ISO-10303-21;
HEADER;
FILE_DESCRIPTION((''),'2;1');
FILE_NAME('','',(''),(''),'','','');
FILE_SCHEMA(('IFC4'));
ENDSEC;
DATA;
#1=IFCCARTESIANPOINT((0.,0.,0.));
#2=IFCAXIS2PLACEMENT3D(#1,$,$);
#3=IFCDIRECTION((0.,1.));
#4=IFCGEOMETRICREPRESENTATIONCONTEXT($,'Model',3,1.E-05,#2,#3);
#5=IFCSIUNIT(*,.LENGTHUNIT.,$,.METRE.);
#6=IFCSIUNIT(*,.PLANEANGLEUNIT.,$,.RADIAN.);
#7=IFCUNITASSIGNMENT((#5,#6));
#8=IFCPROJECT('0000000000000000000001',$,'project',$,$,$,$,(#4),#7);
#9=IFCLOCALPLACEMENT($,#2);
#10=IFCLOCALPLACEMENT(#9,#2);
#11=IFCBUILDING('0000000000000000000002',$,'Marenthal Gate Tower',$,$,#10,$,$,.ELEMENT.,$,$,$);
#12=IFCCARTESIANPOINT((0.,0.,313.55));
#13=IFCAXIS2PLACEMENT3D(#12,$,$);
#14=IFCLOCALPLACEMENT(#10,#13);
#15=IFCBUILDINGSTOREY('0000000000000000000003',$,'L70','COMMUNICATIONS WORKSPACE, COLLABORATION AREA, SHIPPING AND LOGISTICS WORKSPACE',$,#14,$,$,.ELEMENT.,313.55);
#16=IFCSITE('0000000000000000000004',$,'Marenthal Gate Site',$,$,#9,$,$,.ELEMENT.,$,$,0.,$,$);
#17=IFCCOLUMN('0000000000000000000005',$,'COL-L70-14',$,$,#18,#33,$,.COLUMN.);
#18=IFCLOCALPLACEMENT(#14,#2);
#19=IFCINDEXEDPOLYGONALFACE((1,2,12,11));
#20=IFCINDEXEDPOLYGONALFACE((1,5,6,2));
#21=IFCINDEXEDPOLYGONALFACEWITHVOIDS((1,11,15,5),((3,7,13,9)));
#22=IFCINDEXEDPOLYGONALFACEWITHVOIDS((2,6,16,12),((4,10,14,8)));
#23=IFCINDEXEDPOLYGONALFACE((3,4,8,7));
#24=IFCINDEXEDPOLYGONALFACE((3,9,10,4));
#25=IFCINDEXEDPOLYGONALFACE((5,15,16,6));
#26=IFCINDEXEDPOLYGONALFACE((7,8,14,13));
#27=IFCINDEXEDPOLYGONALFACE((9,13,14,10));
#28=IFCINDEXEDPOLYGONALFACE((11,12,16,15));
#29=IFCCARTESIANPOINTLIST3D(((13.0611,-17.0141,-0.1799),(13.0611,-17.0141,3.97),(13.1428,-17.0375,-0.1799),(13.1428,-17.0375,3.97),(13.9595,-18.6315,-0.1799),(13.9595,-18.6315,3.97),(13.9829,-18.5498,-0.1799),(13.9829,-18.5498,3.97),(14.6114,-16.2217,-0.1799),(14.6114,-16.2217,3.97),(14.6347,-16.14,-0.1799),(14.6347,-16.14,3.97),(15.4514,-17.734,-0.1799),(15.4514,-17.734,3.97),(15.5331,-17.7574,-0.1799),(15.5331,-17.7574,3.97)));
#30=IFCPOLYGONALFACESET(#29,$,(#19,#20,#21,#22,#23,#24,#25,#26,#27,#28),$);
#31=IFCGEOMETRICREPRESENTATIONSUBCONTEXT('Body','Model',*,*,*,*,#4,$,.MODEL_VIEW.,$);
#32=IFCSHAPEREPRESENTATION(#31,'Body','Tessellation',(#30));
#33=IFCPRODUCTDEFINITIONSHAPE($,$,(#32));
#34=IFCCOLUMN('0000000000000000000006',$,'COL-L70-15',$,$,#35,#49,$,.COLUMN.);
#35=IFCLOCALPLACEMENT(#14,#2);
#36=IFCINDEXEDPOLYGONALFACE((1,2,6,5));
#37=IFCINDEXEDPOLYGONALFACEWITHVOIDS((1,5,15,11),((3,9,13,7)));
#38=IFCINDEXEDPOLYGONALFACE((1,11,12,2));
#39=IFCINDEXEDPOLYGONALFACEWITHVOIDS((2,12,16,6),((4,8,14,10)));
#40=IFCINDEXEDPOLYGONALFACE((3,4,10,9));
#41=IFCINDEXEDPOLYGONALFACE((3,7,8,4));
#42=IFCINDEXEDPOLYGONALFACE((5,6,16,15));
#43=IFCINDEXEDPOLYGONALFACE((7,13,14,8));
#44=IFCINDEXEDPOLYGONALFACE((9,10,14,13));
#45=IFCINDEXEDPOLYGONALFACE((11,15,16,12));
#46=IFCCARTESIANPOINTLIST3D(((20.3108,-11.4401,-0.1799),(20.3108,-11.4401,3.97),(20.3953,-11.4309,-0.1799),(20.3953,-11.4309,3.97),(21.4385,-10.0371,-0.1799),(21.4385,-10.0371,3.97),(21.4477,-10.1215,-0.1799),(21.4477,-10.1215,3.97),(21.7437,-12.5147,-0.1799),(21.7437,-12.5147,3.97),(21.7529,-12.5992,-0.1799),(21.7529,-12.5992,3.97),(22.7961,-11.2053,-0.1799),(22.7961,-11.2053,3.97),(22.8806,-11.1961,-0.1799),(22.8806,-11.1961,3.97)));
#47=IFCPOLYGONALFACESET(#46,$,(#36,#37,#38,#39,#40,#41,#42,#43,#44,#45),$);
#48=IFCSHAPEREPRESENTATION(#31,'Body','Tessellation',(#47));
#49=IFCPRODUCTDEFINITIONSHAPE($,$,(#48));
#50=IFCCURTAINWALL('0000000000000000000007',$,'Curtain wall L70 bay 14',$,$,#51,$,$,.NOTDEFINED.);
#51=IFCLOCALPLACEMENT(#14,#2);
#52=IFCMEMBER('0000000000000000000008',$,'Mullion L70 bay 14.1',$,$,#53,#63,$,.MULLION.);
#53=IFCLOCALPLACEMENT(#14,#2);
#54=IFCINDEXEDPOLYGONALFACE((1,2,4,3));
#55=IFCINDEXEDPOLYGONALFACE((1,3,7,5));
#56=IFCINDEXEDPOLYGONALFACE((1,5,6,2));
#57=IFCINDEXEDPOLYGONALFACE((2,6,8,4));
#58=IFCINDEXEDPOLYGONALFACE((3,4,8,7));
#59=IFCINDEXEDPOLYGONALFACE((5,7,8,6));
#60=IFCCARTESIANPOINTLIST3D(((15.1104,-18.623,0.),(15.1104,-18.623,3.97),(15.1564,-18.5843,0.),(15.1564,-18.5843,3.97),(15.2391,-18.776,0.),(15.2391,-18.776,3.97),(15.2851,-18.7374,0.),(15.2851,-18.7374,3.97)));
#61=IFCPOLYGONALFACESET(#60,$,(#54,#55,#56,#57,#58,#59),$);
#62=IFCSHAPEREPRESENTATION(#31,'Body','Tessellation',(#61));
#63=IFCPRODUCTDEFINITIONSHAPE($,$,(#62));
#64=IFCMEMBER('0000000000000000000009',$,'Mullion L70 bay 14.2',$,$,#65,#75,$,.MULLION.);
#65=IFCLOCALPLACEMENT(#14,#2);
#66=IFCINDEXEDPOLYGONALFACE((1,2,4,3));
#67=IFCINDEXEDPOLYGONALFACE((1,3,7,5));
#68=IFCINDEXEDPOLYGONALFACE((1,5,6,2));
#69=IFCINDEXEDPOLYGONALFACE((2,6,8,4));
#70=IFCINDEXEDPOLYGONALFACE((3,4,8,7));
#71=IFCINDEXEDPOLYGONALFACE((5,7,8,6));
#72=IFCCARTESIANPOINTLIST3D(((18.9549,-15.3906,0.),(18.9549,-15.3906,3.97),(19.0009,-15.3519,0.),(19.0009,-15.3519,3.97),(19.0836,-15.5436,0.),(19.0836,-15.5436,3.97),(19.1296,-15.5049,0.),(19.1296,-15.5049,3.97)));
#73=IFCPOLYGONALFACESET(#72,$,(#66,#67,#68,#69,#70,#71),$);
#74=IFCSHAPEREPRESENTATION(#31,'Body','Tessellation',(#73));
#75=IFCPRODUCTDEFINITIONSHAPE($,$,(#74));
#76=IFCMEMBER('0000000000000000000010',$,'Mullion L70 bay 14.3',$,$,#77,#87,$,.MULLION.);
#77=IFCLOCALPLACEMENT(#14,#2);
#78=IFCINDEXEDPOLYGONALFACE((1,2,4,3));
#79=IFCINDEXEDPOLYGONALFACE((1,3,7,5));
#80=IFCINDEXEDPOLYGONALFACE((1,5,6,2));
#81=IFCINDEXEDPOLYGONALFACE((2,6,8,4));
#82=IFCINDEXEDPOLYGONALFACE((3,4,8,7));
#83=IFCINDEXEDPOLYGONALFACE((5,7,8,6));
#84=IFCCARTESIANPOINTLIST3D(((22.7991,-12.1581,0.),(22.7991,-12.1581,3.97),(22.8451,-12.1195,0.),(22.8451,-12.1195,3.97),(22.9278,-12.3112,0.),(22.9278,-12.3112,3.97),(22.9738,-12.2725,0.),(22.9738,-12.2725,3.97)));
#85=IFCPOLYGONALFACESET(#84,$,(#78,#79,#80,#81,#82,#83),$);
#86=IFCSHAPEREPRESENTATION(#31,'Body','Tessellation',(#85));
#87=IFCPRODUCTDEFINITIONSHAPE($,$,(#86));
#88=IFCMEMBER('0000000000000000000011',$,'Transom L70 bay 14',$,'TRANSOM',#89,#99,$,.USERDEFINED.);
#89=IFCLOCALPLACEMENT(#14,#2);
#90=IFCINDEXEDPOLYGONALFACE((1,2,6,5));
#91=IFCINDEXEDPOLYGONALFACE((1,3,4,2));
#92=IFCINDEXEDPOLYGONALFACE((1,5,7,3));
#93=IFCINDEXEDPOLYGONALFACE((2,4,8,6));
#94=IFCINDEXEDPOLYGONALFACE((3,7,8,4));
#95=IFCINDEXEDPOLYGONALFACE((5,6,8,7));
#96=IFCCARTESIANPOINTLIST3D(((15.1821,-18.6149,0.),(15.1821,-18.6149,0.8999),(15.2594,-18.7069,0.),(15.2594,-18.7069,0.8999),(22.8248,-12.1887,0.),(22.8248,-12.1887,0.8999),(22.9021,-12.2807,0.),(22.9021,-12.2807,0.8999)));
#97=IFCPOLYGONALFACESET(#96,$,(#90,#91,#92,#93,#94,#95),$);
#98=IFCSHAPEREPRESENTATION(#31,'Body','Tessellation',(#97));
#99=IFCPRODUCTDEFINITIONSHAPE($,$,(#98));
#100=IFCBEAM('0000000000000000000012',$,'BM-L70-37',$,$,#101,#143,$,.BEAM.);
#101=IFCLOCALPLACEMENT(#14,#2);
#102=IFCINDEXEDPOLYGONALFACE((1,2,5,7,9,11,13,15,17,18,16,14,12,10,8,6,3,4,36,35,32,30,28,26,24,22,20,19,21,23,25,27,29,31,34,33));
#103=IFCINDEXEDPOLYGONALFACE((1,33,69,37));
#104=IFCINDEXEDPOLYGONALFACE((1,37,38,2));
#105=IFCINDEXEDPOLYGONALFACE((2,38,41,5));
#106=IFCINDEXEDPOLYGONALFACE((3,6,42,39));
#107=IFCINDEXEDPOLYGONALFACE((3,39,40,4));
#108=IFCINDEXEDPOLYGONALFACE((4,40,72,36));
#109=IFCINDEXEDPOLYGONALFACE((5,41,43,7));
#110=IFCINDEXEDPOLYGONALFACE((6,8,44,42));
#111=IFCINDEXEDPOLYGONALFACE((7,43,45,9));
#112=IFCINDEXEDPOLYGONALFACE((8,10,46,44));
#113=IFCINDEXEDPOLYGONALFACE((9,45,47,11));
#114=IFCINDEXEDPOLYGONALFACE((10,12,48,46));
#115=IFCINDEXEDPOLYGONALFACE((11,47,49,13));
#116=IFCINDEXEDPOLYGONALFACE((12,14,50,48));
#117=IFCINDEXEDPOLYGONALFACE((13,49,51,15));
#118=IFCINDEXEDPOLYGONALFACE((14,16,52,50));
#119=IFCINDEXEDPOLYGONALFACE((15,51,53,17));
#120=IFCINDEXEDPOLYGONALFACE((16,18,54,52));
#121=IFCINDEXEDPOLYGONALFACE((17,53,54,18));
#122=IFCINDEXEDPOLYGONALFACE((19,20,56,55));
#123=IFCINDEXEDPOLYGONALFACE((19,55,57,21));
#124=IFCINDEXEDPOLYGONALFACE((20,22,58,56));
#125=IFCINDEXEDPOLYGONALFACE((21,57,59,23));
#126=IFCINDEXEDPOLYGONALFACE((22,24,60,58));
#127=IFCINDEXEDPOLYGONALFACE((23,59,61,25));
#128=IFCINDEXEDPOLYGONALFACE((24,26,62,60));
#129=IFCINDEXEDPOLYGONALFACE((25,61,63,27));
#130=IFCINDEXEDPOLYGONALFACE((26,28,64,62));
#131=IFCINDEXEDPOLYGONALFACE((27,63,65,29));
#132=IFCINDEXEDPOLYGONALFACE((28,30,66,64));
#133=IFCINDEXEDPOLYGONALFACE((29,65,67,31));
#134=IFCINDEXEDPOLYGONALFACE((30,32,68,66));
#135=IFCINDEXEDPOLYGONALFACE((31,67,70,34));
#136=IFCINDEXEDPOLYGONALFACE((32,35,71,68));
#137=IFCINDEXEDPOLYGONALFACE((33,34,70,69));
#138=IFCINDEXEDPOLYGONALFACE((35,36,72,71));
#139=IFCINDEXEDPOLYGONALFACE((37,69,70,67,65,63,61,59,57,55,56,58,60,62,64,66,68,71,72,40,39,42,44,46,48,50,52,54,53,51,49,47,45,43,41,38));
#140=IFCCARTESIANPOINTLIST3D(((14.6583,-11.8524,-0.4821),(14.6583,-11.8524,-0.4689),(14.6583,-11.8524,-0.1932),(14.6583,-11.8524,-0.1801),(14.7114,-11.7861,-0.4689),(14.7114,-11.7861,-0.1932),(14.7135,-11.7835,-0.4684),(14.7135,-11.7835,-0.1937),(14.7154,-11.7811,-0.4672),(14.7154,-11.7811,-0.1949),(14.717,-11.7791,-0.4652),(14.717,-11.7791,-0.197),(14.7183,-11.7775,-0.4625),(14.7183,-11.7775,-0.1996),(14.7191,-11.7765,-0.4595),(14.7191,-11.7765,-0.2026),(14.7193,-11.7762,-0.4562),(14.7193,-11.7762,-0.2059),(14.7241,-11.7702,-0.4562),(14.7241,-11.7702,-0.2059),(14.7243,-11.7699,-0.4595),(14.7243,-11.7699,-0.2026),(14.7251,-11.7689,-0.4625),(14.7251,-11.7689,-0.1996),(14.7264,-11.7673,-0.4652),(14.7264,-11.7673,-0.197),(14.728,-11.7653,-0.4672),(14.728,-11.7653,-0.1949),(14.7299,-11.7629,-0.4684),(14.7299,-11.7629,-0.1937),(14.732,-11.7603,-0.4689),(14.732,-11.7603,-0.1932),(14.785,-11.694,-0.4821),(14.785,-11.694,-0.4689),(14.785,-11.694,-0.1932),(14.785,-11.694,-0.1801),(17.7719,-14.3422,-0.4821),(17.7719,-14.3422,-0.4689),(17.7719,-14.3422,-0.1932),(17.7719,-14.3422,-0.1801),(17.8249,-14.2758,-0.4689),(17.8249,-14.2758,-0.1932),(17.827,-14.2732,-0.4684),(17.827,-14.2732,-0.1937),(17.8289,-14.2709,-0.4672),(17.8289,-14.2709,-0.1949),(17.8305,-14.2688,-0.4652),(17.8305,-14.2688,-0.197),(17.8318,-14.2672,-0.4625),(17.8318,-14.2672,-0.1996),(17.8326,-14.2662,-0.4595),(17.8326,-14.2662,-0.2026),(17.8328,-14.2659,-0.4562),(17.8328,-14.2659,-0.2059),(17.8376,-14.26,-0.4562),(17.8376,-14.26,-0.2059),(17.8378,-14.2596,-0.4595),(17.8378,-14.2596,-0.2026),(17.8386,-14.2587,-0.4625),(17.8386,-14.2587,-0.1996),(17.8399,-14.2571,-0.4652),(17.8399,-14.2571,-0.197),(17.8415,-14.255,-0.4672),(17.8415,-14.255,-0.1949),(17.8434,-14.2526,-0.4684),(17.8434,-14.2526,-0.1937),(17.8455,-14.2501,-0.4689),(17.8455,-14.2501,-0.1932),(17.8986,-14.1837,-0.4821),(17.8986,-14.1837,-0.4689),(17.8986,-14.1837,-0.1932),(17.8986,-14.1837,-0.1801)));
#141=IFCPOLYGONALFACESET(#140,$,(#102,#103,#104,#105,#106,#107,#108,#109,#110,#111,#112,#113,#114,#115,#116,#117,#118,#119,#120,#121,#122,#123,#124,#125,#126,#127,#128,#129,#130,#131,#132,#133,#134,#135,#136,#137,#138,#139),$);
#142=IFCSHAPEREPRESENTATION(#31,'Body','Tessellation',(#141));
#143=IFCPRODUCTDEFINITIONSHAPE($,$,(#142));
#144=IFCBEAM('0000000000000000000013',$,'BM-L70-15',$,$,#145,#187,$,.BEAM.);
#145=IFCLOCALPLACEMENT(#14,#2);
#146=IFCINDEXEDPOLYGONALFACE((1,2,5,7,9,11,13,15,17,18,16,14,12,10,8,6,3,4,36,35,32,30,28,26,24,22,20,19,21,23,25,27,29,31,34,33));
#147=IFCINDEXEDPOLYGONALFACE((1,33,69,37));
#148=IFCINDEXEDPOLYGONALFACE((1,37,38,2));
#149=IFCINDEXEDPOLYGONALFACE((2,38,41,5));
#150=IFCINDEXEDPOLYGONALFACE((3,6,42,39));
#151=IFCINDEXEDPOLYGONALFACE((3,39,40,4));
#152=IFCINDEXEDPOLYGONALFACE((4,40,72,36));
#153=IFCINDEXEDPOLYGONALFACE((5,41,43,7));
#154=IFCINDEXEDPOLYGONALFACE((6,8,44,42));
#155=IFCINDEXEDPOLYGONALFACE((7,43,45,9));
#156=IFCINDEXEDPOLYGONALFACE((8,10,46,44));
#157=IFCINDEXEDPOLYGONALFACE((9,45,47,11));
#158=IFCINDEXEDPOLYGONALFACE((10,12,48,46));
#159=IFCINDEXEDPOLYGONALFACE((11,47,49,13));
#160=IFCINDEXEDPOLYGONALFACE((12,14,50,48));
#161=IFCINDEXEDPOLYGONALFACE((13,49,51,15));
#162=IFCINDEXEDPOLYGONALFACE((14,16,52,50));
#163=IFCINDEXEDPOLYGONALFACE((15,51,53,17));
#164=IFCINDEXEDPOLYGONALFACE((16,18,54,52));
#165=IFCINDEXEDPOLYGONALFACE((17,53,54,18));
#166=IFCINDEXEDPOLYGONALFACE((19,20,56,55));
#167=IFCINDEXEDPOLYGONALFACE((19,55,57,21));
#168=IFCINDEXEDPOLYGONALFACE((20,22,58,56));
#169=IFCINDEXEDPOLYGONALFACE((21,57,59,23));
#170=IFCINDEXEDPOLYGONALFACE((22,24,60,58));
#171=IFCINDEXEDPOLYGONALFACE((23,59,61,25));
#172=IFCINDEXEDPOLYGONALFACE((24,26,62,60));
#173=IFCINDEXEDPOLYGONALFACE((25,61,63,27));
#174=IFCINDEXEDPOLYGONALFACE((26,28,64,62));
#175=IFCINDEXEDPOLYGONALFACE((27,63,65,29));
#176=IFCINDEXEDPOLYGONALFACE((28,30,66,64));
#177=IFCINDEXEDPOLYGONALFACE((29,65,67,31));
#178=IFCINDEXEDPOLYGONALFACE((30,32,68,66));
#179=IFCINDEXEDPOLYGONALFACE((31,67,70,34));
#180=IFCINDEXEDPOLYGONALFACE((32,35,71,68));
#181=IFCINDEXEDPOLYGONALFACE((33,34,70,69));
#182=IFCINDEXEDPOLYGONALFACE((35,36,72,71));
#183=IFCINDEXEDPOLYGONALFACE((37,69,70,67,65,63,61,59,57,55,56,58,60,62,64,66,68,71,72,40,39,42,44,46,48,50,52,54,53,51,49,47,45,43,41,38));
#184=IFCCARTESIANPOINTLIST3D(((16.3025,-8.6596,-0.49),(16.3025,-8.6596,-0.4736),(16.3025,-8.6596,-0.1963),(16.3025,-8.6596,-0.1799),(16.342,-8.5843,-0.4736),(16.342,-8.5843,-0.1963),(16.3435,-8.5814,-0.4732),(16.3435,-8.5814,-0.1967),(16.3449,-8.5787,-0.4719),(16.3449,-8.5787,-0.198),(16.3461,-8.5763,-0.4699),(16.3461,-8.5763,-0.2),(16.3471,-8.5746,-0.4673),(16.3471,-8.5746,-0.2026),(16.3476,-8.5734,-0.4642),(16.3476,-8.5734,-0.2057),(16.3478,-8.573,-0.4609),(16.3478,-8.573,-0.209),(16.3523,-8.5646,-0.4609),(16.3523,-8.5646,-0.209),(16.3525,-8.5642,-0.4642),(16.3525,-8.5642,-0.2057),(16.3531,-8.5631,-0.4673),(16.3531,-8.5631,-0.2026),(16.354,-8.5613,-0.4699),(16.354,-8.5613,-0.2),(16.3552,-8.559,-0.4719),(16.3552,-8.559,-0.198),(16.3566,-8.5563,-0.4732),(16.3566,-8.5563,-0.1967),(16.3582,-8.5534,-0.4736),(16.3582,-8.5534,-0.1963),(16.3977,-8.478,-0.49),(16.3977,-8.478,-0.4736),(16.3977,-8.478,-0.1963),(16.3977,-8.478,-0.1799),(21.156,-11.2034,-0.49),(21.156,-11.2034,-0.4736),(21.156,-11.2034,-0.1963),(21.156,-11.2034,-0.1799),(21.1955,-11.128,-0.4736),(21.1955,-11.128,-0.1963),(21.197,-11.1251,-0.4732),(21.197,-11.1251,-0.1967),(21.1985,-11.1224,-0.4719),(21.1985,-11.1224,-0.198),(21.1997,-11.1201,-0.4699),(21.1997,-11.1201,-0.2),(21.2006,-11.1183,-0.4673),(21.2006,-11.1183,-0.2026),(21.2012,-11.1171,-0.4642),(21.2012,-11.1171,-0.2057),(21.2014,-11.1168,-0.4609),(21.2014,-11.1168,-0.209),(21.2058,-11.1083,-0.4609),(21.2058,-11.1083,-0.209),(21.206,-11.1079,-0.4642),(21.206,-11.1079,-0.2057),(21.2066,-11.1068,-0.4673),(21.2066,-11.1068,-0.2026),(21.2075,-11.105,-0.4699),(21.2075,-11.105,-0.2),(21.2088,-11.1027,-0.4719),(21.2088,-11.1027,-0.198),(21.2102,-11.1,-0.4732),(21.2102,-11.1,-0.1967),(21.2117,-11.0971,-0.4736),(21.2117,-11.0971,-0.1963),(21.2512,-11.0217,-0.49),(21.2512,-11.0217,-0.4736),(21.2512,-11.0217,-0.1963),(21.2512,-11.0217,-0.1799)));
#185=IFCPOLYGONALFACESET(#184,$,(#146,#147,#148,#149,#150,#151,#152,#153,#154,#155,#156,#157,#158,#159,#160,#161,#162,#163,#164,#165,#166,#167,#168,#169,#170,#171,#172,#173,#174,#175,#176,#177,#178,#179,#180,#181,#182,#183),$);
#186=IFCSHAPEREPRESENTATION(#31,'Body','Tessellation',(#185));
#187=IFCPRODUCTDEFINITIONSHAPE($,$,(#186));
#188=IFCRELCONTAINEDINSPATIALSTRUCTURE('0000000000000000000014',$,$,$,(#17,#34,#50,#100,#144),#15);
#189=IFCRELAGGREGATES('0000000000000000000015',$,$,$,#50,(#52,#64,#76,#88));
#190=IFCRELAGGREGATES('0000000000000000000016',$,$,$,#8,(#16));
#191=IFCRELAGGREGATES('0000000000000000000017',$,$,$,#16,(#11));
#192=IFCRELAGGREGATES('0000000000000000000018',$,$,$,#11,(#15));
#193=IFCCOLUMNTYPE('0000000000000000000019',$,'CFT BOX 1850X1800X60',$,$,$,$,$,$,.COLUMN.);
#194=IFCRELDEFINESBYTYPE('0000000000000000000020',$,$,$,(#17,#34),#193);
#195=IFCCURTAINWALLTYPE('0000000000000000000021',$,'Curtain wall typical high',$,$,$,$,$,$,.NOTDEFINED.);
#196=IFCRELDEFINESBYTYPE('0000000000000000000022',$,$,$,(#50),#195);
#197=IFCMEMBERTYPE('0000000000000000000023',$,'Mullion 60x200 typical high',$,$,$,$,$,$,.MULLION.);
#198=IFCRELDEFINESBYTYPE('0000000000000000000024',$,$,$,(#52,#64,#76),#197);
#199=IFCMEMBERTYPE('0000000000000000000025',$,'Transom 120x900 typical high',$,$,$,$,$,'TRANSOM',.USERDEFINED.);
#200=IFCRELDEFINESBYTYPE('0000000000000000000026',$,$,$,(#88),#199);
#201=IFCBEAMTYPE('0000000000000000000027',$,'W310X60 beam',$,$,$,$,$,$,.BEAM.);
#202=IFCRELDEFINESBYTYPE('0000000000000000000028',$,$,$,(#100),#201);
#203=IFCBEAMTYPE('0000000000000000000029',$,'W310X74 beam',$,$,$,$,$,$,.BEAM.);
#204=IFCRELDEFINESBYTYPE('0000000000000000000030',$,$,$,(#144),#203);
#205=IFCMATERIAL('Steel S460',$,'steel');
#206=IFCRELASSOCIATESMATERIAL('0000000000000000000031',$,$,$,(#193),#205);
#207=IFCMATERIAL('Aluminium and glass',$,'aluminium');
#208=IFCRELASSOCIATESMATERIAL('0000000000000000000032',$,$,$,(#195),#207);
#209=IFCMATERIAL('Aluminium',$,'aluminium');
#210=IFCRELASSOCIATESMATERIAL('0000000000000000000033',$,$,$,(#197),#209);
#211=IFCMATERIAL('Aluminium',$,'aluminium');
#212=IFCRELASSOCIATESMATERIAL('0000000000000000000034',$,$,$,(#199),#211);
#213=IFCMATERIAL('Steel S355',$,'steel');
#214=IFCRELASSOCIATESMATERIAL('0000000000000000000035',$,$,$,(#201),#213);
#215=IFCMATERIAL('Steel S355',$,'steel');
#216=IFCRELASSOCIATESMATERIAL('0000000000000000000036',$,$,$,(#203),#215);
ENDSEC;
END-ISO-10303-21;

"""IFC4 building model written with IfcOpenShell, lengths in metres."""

from ifc_helpers import new_model, si_unit, direction, frame, origin, origin_2d, place, context, subcontext, project, spatial, rectangle, hollow_rectangle, i_section, extrude, material, material_profile, profile_set, type_object, element, aggregate, save


model = new_model("IFC4")

# Units and contexts
model_context = context("Model", 3, precision=1e-05, world=origin(), true_north=direction((0.0, 1.0)))
body_context = subcontext(model_context, "Body", "Model", "MODEL_VIEW")
ifc_project = project(units=[si_unit("LENGTHUNIT", "METRE"), si_unit("PLANEANGLEUNIT", "RADIAN")], contexts=[model_context])

# Site, building, storey
site_placement = place(None, origin())
site = spatial("IfcSite", under=ifc_project, at=site_placement, Name="Marenthal Gate Site", CompositionType="ELEMENT", RefElevation=0.0)
building_placement = place(site_placement, origin())
building = spatial("IfcBuilding", under=site, at=building_placement, Name="Marenthal Gate Tower", CompositionType="ELEMENT")
storey_placement = place(building_placement, frame((0.0, 0.0, 313.55)))
storey = spatial("IfcBuildingStorey", under=building, at=storey_placement, Name="L70", Description="COMMUNICATIONS WORKSPACE, COLLABORATION AREA, SHIPPING AND LOGISTICS WORKSPACE", CompositionType="ELEMENT", Elevation=313.55)

# Columns
ifc_material_1 = material(Name="Steel S460", Category="steel")
ifc_material_profile_1 = material_profile(ifc_material_1, hollow_rectangle(XDim=1.8, YDim=1.8501, WallThickness=0.0601, at=origin_2d()), Name="CFT BOX 1850X1800X60")
ifc_material_2 = material(Name="Concrete 70 MPa", Category="concrete")
ifc_material_profile_2 = material_profile(ifc_material_2, rectangle(XDim=1.6799, YDim=1.73, at=origin_2d()), Name="CFT BOX 1850X1800X60 INFILL")
ifc_profile_set_1 = profile_set([ifc_material_profile_1, ifc_material_profile_2], Name="Steel S460 shell, Concrete 70 MPa infill")
column_type = type_object("IfcColumnType", Name="CFT BOX 1850X1800X60", PredefinedType="COLUMN", material=ifc_profile_set_1)
for number, where, z_axis, x_axis, name in (
    (1, (14.2971, -17.3857, -0.1799), (0.0, 0.0, 1.0), (-0.874186, -0.485591, 0.0), "COL-L70-14"),
    (2, (21.5957, -11.3181, -0.1799), (0.0, 0.0, 1.0), (-0.626475, -0.779442, 0.0), "COL-L70-15"),
):
    element("IfcColumn", number, at=place(storey_placement, frame(where, z_axis=z_axis, x_axis=x_axis)), inside=storey, type_object=column_type, Name=name, PredefinedType="COLUMN", context=body_context, shape_type="SweptSolid", body=[
        extrude(hollow_rectangle(XDim=1.8, YDim=1.8501, WallThickness=0.0601, at=origin_2d()), origin(), (0.0, 0.0, 1.0), 4.1499),
    ])

# Curtain wall, members
ifc_material_3 = material(Name="Aluminium and glass", Category="aluminium")
curtain_wall_type = type_object("IfcCurtainWallType", Name="Curtain wall typical high", PredefinedType="NOTDEFINED", material=ifc_material_3)
curtain_wall_placement = place(storey_placement, origin())
curtain_wall = element("IfcCurtainWall", 3, at=curtain_wall_placement, inside=storey, type_object=curtain_wall_type, Name="Curtain wall L70 bay 14", PredefinedType="NOTDEFINED")
ifc_material_4 = material(Name="Aluminium", Category="aluminium")
ifc_material_profile_3 = material_profile(ifc_material_4, rectangle(XDim=0.2, YDim=0.0601, at=origin_2d()), Name="60x200 aluminium mullion")
ifc_profile_set_2 = profile_set([ifc_material_profile_3], Name="Aluminium")
member_type_1 = type_object("IfcMemberType", Name="Mullion 60x200 typical high", PredefinedType="MULLION", material=ifc_profile_set_2)
member_1_placement = place(storey_placement, frame((15.1978, -18.6802, 0.0), z_axis=(0.0, 0.0, 1.0), x_axis=(-0.64357, 0.765387, 0.0)))
member_1 = element("IfcMember", 4, at=member_1_placement, type_object=member_type_1, Name="Mullion L70 bay 14.1", PredefinedType="MULLION", context=body_context, shape_type="SweptSolid", body=[
    extrude(rectangle(XDim=0.2, YDim=0.0601, at=origin_2d()), origin(), (0.0, 0.0, 1.0), 3.97),
])
member_2_placement = place(storey_placement, frame((19.0422, -15.4478, 0.0), z_axis=(0.0, 0.0, 1.0), x_axis=(-0.64357, 0.765387, 0.0)))
member_2 = element("IfcMember", 5, at=member_2_placement, type_object=member_type_1, Name="Mullion L70 bay 14.2", PredefinedType="MULLION", context=body_context, shape_type="SweptSolid", body=[
    extrude(rectangle(XDim=0.2, YDim=0.0601, at=origin_2d()), origin(), (0.0, 0.0, 1.0), 3.97),
])
member_3_placement = place(storey_placement, frame((22.8865, -12.2153, 0.0), z_axis=(0.0, 0.0, 1.0), x_axis=(-0.64357, 0.765387, 0.0)))
member_3 = element("IfcMember", 6, at=member_3_placement, type_object=member_type_1, Name="Mullion L70 bay 14.3", PredefinedType="MULLION", context=body_context, shape_type="SweptSolid", body=[
    extrude(rectangle(XDim=0.2, YDim=0.0601, at=origin_2d()), origin(), (0.0, 0.0, 1.0), 3.97),
])
ifc_material_5 = material(Name="Aluminium", Category="aluminium")
ifc_material_profile_4 = material_profile(ifc_material_5, rectangle(XDim=0.1201, YDim=0.8999, at=origin_2d()), Name="120x900 aluminium transom")
ifc_profile_set_3 = profile_set([ifc_material_profile_4], Name="Aluminium")
member_type_2 = type_object("IfcMemberType", Name="Transom 120x900 typical high", ElementType="TRANSOM", PredefinedType="USERDEFINED", material=ifc_profile_set_3)
member_4_placement = place(storey_placement, frame((15.2207, -18.6609, 0.45), z_axis=(0.765394, 0.643562, 0.0), x_axis=(-0.643562, 0.765394, 0.0)))
member_4 = element("IfcMember", 7, at=member_4_placement, type_object=member_type_2, Name="Transom L70 bay 14", ObjectType="TRANSOM", PredefinedType="USERDEFINED", context=body_context, shape_type="SweptSolid", body=[
    extrude(rectangle(XDim=0.1201, YDim=0.8999, at=origin_2d()), origin(), (0.0, 0.0, 1.0), 9.9854),
])

# Beams
ifc_material_6 = material(Name="Steel S355", Category="steel")
ifc_material_profile_5 = material_profile(ifc_material_6, i_section(OverallWidth=0.2029, OverallDepth=0.302, WebThickness=0.0076, FlangeThickness=0.0132, FilletRadius=0.0127, at=origin_2d()), Name="W310X60")
ifc_profile_set_4 = profile_set([ifc_material_profile_5], Name="Steel S355")
beam_type_1 = type_object("IfcBeamType", Name="W310X60 beam", PredefinedType="BEAM", material=ifc_profile_set_4)
beam_1_placement = place(storey_placement, frame((17.8352, -14.2629, -0.3311), z_axis=(-0.781, 0.624531, 0.0), x_axis=(-0.624531, -0.781, 0.0)))
element("IfcBeam", 8, at=beam_1_placement, inside=storey, type_object=beam_type_1, Name="BM-L70-37", PredefinedType="BEAM", context=body_context, shape_type="SweptSolid", body=[
    extrude(i_section(OverallWidth=0.2029, OverallDepth=0.302, WebThickness=0.0076, FlangeThickness=0.0132, FilletRadius=0.0127, at=origin_2d()), origin(), (0.0, 0.0, 1.0), 3.9866),
])
ifc_material_7 = material(Name="Steel S355", Category="steel")
ifc_material_profile_6 = material_profile(ifc_material_7, i_section(OverallWidth=0.2051, OverallDepth=0.3101, WebThickness=0.0095, FlangeThickness=0.0164, FilletRadius=0.0127, at=origin_2d()), Name="W310X74")
ifc_profile_set_5 = profile_set([ifc_material_profile_6], Name="Steel S355")
beam_type_2 = type_object("IfcBeamType", Name="W310X74 beam", PredefinedType="BEAM", material=ifc_profile_set_5)
beam_2_placement = place(storey_placement, frame((21.2036, -11.1125, -0.335), z_axis=(-0.885728, 0.464205, 0.0), x_axis=(-0.464205, -0.885728, 0.0)))
element("IfcBeam", 9, at=beam_2_placement, inside=storey, type_object=beam_type_2, Name="BM-L70-15", PredefinedType="BEAM", context=body_context, shape_type="SweptSolid", body=[
    extrude(i_section(OverallWidth=0.2051, OverallDepth=0.3101, WebThickness=0.0095, FlangeThickness=0.0164, FilletRadius=0.0127, at=origin_2d()), origin(), (0.0, 0.0, 1.0), 5.4797),
])

aggregate(curtain_wall, [member_1, member_2, member_3, member_4])

save(model, "model.ifc")
